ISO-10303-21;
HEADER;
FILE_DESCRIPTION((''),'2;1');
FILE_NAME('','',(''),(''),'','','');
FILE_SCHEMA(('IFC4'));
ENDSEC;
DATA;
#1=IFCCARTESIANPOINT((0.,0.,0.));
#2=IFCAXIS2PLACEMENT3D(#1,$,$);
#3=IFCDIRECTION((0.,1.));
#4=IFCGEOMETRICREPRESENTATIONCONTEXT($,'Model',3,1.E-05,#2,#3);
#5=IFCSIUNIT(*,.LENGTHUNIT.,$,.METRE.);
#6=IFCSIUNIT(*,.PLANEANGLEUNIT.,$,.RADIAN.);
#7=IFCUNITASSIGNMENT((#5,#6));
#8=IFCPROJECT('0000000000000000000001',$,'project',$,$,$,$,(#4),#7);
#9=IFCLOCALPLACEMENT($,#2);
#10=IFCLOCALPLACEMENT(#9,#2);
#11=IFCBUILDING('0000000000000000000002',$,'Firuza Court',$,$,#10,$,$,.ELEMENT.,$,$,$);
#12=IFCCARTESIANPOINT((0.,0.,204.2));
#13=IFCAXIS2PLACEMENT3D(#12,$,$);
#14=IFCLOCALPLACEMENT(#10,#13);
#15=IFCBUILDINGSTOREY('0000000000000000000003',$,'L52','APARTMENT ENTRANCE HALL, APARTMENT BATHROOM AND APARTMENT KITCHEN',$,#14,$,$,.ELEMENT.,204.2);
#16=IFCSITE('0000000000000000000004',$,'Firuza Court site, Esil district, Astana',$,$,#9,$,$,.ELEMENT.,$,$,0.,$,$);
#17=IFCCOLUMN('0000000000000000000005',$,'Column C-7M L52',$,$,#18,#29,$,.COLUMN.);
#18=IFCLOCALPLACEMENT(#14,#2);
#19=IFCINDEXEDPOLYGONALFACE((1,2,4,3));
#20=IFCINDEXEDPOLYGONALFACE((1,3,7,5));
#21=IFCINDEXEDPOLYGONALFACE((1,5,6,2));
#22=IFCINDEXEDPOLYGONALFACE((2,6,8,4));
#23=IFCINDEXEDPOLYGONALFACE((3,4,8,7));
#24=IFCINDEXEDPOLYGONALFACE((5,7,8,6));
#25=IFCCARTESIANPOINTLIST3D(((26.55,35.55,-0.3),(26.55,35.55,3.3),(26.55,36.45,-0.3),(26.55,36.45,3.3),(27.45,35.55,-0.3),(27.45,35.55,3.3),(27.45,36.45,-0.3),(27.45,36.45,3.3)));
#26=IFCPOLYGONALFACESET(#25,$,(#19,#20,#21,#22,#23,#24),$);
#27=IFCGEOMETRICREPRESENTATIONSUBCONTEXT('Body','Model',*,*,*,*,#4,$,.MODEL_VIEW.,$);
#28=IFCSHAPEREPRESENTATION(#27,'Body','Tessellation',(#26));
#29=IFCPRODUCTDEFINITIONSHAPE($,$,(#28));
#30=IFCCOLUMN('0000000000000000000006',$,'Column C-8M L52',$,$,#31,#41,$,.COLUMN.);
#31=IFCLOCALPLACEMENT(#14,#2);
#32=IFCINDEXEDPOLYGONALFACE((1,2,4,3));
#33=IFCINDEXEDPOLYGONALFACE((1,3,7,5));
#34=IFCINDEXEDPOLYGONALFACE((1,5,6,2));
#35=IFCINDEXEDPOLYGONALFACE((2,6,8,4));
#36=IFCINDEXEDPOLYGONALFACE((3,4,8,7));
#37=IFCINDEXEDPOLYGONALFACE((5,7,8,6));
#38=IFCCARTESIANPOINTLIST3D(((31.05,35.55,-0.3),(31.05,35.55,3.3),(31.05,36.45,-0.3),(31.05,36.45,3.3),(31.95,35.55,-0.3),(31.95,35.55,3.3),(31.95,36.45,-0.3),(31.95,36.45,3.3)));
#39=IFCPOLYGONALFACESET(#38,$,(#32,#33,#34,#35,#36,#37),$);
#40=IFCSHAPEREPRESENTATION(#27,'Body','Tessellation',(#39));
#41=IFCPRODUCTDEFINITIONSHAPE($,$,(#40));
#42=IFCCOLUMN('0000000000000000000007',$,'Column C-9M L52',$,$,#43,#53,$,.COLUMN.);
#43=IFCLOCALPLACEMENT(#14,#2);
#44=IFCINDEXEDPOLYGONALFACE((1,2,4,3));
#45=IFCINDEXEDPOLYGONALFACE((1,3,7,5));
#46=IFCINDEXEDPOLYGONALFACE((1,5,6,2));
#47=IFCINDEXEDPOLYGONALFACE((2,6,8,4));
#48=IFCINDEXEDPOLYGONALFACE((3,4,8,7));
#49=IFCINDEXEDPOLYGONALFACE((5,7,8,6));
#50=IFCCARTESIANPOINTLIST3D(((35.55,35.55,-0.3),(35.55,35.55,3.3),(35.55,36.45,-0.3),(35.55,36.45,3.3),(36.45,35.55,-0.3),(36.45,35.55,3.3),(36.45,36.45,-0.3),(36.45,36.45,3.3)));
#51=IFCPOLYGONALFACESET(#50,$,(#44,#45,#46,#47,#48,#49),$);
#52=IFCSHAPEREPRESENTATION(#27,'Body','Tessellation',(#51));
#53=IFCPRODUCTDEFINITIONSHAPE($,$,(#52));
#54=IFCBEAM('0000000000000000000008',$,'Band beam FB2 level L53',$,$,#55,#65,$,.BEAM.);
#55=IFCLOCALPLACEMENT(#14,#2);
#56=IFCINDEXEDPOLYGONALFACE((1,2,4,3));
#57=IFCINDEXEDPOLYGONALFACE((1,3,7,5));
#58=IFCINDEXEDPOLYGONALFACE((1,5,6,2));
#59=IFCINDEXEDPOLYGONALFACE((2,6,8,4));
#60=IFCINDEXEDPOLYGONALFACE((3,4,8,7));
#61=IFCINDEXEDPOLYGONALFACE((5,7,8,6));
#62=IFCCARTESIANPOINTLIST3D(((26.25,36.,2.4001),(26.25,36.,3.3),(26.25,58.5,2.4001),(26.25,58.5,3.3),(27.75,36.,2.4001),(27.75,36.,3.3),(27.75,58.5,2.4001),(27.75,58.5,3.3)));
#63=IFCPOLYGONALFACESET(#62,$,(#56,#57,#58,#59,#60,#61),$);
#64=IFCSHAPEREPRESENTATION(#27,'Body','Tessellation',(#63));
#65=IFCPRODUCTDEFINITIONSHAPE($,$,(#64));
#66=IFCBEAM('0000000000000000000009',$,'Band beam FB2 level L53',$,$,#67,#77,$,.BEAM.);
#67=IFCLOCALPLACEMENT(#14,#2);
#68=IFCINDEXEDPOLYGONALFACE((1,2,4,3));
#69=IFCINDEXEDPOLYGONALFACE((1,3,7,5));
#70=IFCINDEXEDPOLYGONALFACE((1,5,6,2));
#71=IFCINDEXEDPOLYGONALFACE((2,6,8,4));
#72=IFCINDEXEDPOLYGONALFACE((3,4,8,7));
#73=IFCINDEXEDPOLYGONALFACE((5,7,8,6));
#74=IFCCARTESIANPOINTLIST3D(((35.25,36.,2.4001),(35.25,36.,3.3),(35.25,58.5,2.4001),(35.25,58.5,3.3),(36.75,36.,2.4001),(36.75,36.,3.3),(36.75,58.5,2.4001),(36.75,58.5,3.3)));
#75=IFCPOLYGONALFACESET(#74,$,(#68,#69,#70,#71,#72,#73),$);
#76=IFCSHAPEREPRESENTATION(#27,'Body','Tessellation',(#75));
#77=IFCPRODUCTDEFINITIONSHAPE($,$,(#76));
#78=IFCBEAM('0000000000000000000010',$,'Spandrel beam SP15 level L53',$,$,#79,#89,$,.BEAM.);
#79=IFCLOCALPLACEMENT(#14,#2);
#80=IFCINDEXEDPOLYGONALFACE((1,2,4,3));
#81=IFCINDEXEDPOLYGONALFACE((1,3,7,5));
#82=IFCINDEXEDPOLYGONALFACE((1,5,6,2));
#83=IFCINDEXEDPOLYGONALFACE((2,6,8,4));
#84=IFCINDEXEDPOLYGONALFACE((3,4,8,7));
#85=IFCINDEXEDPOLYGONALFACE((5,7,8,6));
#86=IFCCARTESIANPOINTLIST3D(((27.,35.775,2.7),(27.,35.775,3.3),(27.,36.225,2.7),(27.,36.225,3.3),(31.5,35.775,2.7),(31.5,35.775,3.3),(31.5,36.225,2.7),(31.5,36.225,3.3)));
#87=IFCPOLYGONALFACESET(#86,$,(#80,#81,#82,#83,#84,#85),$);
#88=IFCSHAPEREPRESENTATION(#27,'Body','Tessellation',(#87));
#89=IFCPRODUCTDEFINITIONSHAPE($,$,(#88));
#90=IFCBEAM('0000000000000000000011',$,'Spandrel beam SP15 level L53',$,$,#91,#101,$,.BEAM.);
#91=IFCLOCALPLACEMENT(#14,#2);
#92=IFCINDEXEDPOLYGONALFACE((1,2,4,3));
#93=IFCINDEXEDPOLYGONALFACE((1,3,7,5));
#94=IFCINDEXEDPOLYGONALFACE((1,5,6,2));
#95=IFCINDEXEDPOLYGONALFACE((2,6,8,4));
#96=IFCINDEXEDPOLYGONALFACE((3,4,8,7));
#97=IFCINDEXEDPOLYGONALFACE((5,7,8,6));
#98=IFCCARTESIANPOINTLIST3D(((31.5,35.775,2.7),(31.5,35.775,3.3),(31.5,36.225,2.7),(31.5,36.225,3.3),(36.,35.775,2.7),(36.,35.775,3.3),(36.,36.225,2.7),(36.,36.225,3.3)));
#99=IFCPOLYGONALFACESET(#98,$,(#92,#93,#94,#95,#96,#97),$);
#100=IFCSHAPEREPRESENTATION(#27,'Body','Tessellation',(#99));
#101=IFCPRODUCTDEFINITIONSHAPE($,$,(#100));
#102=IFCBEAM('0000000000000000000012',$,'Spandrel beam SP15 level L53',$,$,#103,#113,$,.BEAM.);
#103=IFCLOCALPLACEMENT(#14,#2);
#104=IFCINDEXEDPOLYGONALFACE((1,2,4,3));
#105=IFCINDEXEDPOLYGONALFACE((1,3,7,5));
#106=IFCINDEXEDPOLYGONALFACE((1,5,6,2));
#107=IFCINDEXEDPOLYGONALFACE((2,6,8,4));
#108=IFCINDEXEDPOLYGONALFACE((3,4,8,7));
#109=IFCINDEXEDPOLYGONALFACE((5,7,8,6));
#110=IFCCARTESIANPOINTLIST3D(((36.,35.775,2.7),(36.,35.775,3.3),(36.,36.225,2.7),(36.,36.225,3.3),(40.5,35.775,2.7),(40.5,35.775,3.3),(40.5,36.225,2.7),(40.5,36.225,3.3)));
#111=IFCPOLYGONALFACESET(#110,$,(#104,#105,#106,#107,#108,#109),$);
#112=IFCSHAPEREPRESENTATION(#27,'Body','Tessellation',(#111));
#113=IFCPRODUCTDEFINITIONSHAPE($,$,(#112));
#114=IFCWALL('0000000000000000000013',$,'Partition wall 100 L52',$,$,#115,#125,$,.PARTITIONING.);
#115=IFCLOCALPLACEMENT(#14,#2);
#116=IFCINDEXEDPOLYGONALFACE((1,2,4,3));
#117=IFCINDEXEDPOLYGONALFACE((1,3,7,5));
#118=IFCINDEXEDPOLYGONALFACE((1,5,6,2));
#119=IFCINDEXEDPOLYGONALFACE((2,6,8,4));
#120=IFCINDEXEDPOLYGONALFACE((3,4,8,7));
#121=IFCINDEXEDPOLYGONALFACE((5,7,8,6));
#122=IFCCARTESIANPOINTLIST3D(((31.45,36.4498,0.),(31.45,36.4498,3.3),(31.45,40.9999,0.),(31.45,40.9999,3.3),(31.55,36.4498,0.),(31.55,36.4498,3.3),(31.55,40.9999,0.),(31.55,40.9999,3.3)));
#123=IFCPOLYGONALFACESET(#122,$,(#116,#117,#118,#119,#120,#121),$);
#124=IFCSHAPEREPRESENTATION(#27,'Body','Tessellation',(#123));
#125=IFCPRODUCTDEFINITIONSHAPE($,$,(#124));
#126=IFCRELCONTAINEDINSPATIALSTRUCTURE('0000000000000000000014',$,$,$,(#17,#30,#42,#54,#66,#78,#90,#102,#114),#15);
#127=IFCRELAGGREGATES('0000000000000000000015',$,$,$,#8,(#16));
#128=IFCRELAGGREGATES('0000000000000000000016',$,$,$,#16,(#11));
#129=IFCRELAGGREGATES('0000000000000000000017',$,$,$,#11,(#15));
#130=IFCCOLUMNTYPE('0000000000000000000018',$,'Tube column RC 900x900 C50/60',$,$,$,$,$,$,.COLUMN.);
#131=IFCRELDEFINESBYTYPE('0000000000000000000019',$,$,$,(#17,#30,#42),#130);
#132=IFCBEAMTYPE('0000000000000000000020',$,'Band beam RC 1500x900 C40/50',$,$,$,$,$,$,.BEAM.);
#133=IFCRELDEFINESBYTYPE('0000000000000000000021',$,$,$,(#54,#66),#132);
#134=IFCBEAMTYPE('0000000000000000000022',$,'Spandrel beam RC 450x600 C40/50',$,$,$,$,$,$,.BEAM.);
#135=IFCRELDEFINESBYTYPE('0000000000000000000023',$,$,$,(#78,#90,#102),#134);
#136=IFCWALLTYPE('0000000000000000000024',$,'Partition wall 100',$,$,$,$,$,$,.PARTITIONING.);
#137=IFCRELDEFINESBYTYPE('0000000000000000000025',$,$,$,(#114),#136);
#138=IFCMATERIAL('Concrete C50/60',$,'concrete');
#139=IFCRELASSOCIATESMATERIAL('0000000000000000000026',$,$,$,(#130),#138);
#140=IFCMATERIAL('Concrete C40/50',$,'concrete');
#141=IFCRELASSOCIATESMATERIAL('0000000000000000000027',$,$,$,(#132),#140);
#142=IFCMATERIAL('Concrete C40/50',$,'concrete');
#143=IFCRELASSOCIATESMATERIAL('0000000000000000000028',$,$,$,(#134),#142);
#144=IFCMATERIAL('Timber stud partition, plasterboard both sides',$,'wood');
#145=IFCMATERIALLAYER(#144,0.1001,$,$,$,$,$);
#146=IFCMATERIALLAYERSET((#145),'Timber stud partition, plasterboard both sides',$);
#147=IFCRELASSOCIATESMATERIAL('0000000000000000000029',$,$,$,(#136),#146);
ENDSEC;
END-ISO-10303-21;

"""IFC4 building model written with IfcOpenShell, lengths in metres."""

from ifc_helpers import new_model, si_unit, direction, frame, frame_2d, origin, origin_2d, place, context, subcontext, project, spatial, rectangle, extrude, material, layer, layer_set, material_profile, profile_set, type_object, element, save


model = new_model("IFC4")

# Units and contexts
model_context = context("Model", 3, precision=1e-05, world=origin(), true_north=direction((0.0, 1.0)))
body_context = subcontext(model_context, "Body", "Model", "MODEL_VIEW")
ifc_project = project(units=[si_unit("LENGTHUNIT", "METRE"), si_unit("PLANEANGLEUNIT", "RADIAN")], contexts=[model_context])

# Site, building, storey
site_placement = place(None, origin())
site = spatial("IfcSite", under=ifc_project, at=site_placement, Name="Firuza Court site, Esil district, Astana", CompositionType="ELEMENT", RefElevation=0.0)
building_placement = place(site_placement, origin())
building = spatial("IfcBuilding", under=site, at=building_placement, Name="Firuza Court", CompositionType="ELEMENT")
storey_placement = place(building_placement, frame((0.0, 0.0, 204.2)))
storey = spatial("IfcBuildingStorey", under=building, at=storey_placement, Name="L52", Description="APARTMENT ENTRANCE HALL, APARTMENT BATHROOM AND APARTMENT KITCHEN", CompositionType="ELEMENT", Elevation=204.2)

# Columns
ifc_material_1 = material(Name="Concrete C50/60", Category="concrete")
ifc_material_profile_1 = material_profile(ifc_material_1, rectangle(XDim=0.8999, YDim=0.8999, at=origin_2d()), Name="RC 900x900")
ifc_profile_set_1 = profile_set([ifc_material_profile_1], Name="Concrete C50/60")
column_type = type_object("IfcColumnType", Name="Tube column RC 900x900 C50/60", PredefinedType="COLUMN", material=ifc_profile_set_1)
for number, where, z_axis, x_axis, name in (
    (1, (27.0, 36.0, -0.3), (0.0, 0.0, 1.0), (1.0, 0.0, 0.0), "Column C-7M L52"),
    (2, (31.5, 36.0, -0.3), (0.0, 0.0, 1.0), (1.0, 0.0, 0.0), "Column C-8M L52"),
    (3, (36.0, 36.0, -0.3), (0.0, 0.0, 1.0), (1.0, 0.0, 0.0), "Column C-9M L52"),
):
    element("IfcColumn", number, at=place(storey_placement, frame(where, z_axis=z_axis, x_axis=x_axis)), inside=storey, type_object=column_type, Name=name, PredefinedType="COLUMN", context=body_context, shape_type="SweptSolid", body=[
        extrude(rectangle(XDim=0.8999, YDim=0.8999, at=origin_2d()), origin(), (0.0, 0.0, 1.0), 3.6001),
    ])

# Beams
ifc_material_2 = material(Name="Concrete C40/50", Category="concrete")
ifc_material_profile_2 = material_profile(ifc_material_2, rectangle(XDim=1.5, YDim=0.8999, at=origin_2d()), Name="RC 1500x900")
ifc_profile_set_2 = profile_set([ifc_material_profile_2], Name="Concrete C40/50")
beam_type_1 = type_object("IfcBeamType", Name="Band beam RC 1500x900 C40/50", PredefinedType="BEAM", material=ifc_profile_set_2)
for number, where, z_axis, x_axis, name in (
    (4, (27.0, 36.0, 2.8501), (0.0, 1.0, 0.0), (-1.0, 0.0, 0.0), "Band beam FB2 level L53"),
    (5, (36.0, 36.0, 2.8501), (0.0, 1.0, 0.0), (-1.0, 0.0, 0.0), "Band beam FB2 level L53"),
):
    element("IfcBeam", number, at=place(storey_placement, frame(where, z_axis=z_axis, x_axis=x_axis)), inside=storey, type_object=beam_type_1, Name=name, PredefinedType="BEAM", context=body_context, shape_type="SweptSolid", body=[
        extrude(rectangle(XDim=1.5, YDim=0.8999, at=origin_2d()), origin(), (0.0, 0.0, 1.0), 22.5),
    ])
ifc_material_3 = material(Name="Concrete C40/50", Category="concrete")
ifc_material_profile_3 = material_profile(ifc_material_3, rectangle(XDim=0.45, YDim=0.6001, at=origin_2d()), Name="RC 450x600")
ifc_profile_set_3 = profile_set([ifc_material_profile_3], Name="Concrete C40/50")
beam_type_2 = type_object("IfcBeamType", Name="Spandrel beam RC 450x600 C40/50", PredefinedType="BEAM", material=ifc_profile_set_3)
for number, where, z_axis, x_axis, name in (
    (6, (27.0, 36.0, 3.0), (1.0, 0.0, 0.0), (0.0, 1.0, 0.0), "Spandrel beam SP15 level L53"),
    (7, (31.5, 36.0, 3.0), (1.0, 0.0, 0.0), (0.0, 1.0, 0.0), "Spandrel beam SP15 level L53"),
    (8, (36.0, 36.0, 3.0), (1.0, 0.0, 0.0), (0.0, 1.0, 0.0), "Spandrel beam SP15 level L53"),
):
    element("IfcBeam", number, at=place(storey_placement, frame(where, z_axis=z_axis, x_axis=x_axis)), inside=storey, type_object=beam_type_2, Name=name, PredefinedType="BEAM", context=body_context, shape_type="SweptSolid", body=[
        extrude(rectangle(XDim=0.45, YDim=0.6001, at=origin_2d()), origin(), (0.0, 0.0, 1.0), 4.5),
    ])

# Wall
ifc_material_4 = material(Name="Timber stud partition, plasterboard both sides", Category="wood")
ifc_layer_1 = layer(ifc_material_4, 0.1001)
ifc_layer_set_1 = layer_set([ifc_layer_1], Name="Timber stud partition, plasterboard both sides")
wall_type_1 = type_object("IfcWallType", Name="Partition wall 100", PredefinedType="PARTITIONING", material=ifc_layer_set_1)
wall_1_placement = place(storey_placement, frame((31.5, 36.45, 0.0), z_axis=(0.0, 0.0, 1.0), x_axis=(0.0, 1.0, 0.0)))
element("IfcWall", 9, at=wall_1_placement, inside=storey, type_object=wall_type_1, Name="Partition wall 100 L52", PredefinedType="PARTITIONING", context=body_context, shape_type="SweptSolid", body=[
    extrude(rectangle(XDim=4.55, YDim=0.1001, at=frame_2d((2.2749, 0.0))), origin(), (0.0, 0.0, 1.0), 3.3),
])

save(model, "model.ifc")
